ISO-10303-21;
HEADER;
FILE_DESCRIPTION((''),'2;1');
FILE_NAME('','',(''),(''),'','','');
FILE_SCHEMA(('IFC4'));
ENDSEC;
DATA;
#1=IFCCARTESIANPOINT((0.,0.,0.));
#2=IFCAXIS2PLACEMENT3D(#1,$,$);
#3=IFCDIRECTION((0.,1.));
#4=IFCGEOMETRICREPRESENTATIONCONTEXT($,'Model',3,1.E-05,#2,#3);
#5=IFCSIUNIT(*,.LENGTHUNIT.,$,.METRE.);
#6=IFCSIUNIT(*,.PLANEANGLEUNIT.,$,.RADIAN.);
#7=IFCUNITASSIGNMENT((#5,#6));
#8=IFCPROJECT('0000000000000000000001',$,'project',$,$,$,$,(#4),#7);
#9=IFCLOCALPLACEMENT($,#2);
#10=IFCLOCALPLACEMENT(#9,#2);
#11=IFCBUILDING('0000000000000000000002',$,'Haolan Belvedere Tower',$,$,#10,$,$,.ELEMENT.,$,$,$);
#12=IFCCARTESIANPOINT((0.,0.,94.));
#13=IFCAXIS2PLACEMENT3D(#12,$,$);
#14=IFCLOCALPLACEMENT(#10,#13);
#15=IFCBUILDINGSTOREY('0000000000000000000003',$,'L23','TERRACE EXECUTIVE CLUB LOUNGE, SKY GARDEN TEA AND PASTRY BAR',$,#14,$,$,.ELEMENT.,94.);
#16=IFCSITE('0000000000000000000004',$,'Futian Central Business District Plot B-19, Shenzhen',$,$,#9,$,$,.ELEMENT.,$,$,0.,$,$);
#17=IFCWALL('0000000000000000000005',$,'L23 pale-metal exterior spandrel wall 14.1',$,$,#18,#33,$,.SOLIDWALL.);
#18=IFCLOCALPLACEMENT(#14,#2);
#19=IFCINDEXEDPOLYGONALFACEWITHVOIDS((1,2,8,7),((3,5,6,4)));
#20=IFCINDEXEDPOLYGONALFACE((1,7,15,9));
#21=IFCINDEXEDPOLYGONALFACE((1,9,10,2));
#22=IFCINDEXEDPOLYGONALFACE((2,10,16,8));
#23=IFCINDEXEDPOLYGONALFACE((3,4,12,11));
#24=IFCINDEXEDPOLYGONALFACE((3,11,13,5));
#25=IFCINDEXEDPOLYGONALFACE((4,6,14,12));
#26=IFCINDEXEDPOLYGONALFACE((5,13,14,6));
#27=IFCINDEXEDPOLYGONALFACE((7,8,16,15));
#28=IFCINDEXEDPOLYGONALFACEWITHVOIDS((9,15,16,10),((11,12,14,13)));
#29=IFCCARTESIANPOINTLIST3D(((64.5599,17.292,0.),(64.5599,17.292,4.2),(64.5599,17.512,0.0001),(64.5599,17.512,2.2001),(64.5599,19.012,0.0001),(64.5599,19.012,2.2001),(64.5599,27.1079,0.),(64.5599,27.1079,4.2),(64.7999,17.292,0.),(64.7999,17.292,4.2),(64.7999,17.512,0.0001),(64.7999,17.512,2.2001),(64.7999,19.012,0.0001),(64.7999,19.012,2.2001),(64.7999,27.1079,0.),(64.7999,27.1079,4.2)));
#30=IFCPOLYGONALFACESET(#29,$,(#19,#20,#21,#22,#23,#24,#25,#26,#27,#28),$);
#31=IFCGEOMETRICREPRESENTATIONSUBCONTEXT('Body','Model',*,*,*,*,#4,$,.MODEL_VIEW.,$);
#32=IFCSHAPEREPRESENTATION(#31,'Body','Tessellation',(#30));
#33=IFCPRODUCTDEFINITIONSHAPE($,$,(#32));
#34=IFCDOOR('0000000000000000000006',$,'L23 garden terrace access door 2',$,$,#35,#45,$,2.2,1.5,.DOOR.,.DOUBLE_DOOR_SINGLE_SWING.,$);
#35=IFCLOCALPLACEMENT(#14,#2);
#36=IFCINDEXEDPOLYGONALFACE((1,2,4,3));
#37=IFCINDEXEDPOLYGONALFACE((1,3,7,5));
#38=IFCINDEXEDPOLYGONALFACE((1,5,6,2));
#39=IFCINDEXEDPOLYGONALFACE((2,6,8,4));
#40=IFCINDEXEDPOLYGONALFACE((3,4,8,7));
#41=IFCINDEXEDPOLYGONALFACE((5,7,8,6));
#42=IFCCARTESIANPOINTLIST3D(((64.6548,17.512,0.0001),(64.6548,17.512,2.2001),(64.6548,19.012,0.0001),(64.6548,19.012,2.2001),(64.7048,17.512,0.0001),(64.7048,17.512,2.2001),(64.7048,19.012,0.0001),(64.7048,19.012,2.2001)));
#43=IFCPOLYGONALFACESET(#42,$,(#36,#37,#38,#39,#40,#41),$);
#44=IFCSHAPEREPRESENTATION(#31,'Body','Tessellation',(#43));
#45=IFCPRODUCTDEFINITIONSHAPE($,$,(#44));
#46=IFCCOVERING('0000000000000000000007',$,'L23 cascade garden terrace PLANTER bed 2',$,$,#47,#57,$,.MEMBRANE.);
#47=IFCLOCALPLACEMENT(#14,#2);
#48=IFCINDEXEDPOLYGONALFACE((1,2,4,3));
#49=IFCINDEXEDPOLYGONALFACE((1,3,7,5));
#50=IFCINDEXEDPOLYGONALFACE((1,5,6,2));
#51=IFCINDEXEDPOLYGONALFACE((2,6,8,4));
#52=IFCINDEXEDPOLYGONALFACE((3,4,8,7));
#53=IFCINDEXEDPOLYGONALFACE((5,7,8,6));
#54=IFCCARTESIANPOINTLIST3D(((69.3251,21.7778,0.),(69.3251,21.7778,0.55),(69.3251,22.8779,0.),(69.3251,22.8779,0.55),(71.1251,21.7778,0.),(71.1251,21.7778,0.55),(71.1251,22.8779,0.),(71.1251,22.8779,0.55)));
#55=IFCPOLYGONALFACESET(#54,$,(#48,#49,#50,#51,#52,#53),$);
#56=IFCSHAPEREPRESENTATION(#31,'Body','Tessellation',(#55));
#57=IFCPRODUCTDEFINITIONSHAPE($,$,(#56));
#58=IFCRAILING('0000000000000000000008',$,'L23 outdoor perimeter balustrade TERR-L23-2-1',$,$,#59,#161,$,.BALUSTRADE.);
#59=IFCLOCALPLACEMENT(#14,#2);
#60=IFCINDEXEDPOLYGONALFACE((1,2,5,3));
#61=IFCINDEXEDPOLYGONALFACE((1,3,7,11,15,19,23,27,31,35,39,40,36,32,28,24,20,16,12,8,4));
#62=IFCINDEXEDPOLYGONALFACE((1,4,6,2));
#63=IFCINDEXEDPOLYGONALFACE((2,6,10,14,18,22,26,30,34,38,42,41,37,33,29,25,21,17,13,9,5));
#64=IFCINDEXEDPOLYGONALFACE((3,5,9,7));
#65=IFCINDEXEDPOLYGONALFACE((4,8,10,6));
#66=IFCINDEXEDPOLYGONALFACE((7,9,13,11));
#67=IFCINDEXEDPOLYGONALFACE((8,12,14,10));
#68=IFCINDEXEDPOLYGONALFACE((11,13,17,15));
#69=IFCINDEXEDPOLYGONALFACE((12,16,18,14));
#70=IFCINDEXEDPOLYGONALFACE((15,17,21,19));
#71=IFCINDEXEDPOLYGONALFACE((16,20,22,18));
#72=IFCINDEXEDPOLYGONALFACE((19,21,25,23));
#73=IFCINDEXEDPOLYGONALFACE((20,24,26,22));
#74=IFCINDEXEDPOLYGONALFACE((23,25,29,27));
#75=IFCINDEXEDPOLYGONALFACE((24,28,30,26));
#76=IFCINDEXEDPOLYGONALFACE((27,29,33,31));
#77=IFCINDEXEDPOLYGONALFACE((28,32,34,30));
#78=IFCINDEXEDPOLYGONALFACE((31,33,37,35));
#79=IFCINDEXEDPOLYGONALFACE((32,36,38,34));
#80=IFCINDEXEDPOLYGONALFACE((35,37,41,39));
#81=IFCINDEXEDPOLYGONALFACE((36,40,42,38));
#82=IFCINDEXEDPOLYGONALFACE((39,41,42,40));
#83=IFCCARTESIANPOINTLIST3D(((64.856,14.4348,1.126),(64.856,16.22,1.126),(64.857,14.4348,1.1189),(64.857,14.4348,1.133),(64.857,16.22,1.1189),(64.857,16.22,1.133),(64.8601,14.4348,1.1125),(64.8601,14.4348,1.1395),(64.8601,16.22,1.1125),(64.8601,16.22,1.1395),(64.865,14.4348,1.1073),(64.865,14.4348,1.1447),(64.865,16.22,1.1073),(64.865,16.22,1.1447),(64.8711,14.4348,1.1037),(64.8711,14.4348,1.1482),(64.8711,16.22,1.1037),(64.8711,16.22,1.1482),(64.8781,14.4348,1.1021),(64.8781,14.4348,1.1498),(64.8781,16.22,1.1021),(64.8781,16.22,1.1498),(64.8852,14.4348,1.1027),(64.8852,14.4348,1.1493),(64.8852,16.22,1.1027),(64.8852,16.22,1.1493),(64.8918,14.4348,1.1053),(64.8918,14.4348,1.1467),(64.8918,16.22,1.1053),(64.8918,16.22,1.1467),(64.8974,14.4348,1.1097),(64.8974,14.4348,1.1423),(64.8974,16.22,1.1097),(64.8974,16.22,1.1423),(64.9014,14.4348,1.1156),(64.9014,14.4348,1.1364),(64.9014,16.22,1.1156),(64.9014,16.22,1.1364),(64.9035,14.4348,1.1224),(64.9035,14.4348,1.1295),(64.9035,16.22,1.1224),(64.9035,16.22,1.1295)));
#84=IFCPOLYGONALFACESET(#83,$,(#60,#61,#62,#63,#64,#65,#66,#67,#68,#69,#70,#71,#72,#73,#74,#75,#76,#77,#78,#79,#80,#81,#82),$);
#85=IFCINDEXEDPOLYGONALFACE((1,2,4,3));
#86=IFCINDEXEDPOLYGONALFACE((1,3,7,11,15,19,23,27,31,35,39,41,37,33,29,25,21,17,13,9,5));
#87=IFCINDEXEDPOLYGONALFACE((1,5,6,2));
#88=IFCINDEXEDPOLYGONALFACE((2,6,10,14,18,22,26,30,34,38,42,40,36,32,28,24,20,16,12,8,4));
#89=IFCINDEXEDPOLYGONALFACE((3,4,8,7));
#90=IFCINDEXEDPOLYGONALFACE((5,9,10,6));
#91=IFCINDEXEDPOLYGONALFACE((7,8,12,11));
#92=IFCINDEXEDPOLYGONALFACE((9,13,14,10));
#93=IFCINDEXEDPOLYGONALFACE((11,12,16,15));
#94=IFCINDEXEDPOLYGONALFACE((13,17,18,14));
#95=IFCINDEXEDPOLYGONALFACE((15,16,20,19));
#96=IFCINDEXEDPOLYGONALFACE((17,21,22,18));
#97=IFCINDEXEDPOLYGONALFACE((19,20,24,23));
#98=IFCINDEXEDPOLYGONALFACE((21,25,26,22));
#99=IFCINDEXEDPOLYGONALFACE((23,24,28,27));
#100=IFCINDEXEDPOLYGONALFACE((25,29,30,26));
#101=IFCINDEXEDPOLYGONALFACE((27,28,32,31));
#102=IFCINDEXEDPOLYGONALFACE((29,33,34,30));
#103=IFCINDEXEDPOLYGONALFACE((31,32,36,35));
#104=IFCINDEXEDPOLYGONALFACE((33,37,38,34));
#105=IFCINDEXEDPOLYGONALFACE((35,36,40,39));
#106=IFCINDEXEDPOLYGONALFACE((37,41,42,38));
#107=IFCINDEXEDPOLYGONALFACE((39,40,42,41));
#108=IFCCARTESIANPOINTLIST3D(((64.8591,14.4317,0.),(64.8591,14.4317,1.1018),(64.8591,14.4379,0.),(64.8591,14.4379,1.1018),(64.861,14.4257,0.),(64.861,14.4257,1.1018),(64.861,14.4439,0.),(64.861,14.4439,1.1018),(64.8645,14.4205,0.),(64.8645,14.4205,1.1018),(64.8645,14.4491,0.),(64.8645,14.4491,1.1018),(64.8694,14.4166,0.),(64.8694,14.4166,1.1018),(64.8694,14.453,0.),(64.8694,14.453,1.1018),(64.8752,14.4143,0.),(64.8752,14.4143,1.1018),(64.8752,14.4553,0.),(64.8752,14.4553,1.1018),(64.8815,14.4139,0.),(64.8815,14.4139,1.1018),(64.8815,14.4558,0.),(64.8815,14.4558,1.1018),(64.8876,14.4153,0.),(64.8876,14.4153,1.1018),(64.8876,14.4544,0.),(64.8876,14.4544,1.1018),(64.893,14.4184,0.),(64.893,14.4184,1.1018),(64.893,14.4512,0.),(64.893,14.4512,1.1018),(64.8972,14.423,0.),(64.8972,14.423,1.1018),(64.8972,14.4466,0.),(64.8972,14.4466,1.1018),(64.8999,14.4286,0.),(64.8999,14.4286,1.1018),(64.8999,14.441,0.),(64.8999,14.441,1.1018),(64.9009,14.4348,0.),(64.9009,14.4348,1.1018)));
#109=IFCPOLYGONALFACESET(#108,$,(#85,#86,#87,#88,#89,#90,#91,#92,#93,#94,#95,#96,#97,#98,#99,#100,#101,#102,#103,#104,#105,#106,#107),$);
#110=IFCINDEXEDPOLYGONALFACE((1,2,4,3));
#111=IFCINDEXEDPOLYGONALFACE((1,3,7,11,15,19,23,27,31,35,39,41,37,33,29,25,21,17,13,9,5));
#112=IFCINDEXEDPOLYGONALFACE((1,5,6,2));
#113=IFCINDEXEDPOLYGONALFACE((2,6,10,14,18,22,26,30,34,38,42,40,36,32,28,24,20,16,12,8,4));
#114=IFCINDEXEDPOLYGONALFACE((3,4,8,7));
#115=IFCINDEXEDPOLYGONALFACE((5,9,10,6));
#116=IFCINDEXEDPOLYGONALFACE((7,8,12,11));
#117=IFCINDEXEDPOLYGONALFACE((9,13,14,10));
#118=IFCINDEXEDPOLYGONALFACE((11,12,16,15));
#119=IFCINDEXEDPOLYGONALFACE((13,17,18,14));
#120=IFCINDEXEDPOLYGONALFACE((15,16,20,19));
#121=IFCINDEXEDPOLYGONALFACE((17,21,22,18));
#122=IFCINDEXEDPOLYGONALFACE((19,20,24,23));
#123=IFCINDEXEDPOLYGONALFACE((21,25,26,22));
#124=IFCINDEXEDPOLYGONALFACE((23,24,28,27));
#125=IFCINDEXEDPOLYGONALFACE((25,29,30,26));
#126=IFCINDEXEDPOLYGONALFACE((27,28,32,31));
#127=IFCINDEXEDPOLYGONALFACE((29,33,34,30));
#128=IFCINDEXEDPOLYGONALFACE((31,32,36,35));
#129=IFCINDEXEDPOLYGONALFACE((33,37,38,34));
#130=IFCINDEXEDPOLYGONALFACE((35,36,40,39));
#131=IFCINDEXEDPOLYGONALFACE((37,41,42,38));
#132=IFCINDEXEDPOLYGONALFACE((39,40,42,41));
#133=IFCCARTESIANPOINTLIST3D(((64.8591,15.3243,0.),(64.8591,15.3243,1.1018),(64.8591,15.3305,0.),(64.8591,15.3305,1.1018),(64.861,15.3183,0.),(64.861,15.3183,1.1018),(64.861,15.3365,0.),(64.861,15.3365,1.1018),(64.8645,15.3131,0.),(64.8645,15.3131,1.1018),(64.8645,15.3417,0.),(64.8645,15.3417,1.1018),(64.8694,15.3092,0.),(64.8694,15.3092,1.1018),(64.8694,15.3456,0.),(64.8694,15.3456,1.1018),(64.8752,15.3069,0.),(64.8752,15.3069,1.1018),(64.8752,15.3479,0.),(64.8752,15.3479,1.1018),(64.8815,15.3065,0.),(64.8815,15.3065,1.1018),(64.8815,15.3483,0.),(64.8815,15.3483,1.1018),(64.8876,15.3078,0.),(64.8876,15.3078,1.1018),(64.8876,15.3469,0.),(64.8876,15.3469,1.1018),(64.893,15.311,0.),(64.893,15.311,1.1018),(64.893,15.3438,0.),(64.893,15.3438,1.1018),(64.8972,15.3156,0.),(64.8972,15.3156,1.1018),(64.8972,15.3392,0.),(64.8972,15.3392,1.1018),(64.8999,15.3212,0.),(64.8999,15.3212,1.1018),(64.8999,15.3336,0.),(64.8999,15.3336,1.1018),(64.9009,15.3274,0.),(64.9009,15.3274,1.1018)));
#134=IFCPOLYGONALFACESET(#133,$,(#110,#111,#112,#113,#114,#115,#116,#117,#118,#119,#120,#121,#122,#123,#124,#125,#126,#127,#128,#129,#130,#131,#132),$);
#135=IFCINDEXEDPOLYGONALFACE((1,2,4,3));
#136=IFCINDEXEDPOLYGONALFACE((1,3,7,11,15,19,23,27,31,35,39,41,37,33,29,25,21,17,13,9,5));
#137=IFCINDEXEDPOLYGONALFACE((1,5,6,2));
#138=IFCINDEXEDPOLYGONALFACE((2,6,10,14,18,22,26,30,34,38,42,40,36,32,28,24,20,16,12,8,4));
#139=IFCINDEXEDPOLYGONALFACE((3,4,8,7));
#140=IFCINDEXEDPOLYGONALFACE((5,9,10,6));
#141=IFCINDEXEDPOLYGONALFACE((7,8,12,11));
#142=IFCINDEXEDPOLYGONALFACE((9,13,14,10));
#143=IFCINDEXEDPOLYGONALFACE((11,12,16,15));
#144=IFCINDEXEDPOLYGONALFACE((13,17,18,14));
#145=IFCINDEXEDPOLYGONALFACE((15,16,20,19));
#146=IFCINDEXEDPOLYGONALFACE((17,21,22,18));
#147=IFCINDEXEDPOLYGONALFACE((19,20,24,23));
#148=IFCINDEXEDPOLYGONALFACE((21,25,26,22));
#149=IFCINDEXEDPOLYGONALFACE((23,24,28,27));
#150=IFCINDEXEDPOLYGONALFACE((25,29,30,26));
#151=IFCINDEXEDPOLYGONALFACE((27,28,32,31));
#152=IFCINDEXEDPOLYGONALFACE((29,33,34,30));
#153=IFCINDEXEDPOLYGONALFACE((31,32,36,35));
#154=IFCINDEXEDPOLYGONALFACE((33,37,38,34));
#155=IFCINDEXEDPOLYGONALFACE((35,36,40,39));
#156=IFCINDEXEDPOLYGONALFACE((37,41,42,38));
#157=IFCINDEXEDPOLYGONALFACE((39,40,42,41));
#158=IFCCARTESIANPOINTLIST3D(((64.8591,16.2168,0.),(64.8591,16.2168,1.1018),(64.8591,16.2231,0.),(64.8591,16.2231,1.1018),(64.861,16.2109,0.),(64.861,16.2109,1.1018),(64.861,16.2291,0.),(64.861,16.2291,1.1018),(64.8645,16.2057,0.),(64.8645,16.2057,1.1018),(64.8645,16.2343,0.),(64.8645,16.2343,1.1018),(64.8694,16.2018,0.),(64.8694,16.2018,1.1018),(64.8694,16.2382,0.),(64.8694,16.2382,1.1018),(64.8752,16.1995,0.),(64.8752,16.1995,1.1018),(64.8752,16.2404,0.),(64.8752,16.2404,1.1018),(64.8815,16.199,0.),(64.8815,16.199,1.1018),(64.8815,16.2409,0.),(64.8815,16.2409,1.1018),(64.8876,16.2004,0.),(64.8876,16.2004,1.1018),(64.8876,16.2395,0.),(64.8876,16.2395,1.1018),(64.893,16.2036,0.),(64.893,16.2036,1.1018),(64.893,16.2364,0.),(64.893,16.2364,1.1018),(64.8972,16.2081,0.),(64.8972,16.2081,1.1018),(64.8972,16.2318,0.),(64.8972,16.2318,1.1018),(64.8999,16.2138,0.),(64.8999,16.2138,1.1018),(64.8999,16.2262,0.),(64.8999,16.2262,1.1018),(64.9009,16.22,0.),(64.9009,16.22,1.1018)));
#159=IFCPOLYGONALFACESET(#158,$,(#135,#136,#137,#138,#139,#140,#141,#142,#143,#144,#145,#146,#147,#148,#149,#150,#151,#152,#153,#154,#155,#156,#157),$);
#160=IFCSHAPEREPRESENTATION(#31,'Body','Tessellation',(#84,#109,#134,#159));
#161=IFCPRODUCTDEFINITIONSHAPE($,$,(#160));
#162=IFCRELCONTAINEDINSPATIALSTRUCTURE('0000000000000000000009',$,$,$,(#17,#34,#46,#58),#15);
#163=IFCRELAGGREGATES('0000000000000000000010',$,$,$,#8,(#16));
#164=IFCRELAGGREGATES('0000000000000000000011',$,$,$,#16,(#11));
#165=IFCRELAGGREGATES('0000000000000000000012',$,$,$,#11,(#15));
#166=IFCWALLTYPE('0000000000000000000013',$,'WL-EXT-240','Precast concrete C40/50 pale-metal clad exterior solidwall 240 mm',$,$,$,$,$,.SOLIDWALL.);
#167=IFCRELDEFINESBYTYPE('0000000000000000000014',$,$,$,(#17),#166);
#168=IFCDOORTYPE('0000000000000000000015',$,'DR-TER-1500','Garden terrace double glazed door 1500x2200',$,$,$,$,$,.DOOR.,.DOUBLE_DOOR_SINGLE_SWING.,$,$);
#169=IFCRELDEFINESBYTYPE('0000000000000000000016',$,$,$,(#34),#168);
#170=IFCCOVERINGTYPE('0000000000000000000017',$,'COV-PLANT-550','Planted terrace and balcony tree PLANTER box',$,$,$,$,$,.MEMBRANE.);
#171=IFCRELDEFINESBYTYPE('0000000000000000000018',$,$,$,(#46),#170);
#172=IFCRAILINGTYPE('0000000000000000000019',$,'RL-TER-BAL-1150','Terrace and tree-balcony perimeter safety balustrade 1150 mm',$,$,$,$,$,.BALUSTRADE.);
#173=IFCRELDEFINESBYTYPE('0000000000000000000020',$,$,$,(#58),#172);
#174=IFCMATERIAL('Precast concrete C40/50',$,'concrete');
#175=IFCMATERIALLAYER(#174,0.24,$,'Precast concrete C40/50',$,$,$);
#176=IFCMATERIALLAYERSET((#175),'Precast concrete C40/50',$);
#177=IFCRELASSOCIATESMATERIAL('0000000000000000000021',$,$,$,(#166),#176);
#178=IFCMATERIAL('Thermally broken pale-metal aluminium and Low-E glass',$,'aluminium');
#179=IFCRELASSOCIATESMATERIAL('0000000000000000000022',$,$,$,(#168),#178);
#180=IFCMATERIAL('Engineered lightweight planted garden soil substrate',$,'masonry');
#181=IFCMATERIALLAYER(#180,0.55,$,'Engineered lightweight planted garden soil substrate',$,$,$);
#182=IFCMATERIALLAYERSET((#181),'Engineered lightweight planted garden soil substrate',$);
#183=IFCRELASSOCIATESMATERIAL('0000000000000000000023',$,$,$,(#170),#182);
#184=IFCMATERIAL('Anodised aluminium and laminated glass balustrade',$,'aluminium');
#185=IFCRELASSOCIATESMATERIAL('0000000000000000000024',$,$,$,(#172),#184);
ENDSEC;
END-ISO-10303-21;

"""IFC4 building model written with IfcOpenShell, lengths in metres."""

from ifc_helpers import new_model, si_unit, direction, frame, frame_2d, origin, origin_2d, place, context, subcontext, project, spatial, rectangle, circle, extrude, material, layer, layer_set, type_object, element, fill, save


model = new_model("IFC4")

# Units and contexts
model_context = context("Model", 3, precision=1e-05, world=origin(), true_north=direction((0.0, 1.0)))
body_context = subcontext(model_context, "Body", "Model", "MODEL_VIEW")
ifc_project = project(units=[si_unit("LENGTHUNIT", "METRE"), si_unit("PLANEANGLEUNIT", "RADIAN")], contexts=[model_context])

# Site, building, storey
site_placement = place(None, origin())
site = spatial("IfcSite", under=ifc_project, at=site_placement, Name="Futian Central Business District Plot B-19, Shenzhen", CompositionType="ELEMENT", RefElevation=0.0)
building_placement = place(site_placement, origin())
building = spatial("IfcBuilding", under=site, at=building_placement, Name="Haolan Belvedere Tower", CompositionType="ELEMENT")
storey_placement = place(building_placement, frame((0.0, 0.0, 94.0)))
storey = spatial("IfcBuildingStorey", under=building, at=storey_placement, Name="L23", Description="TERRACE EXECUTIVE CLUB LOUNGE, SKY GARDEN TEA AND PASTRY BAR", CompositionType="ELEMENT", Elevation=94.0)

# Shared definitions
ifc_material_1 = material(Name="Precast concrete C40/50", Category="concrete")
ifc_layer_1 = layer(ifc_material_1, 0.24, Name="Precast concrete C40/50")
ifc_layer_set_1 = layer_set([ifc_layer_1], Name="Precast concrete C40/50")
wall_type = type_object("IfcWallType", Name="WL-EXT-240", Description="Precast concrete C40/50 pale-metal clad exterior solidwall 240 mm", PredefinedType="SOLIDWALL", material=ifc_layer_set_1)

# Wall, opening, door
wall_1_placement = place(storey_placement, frame((64.6799, 17.292, 0.0), z_axis=(0.0, 0.0, 1.0), x_axis=(0.0, 1.0, 0.0)))
wall_1 = element("IfcWall", 1, at=wall_1_placement, inside=storey, type_object=wall_type, Name="L23 pale-metal exterior spandrel wall 14.1", PredefinedType="SOLIDWALL", context=body_context, shape_type="SweptSolid", body=[
    extrude(rectangle(XDim=9.8159, YDim=0.24, at=frame_2d((4.908, 0.0))), origin(), (0.0, 0.0, 1.0), 4.2),
])
opening_placement = place(wall_1_placement, frame((1.72, 0.0, 0.0), z_axis=(0.0, 0.0, 1.0), x_axis=(-1.0, 0.0, 0.0)))
opening = element("IfcOpeningElement", 2, at=opening_placement, cuts=wall_1, PredefinedType="OPENING", context=body_context, shape_type="SweptSolid", body=[
    extrude(rectangle(XDim=1.5, YDim=2.2, at=frame_2d((0.75, 1.1001))), frame((0.0, 0.1299, 0.0), z_axis=(0.0, -1.0, 0.0), x_axis=(1.0, 0.0, 0.0)), (0.0, 0.0, 1.0), 0.26),
])
ifc_material_2 = material(Name="Thermally broken pale-metal aluminium and Low-E glass", Category="aluminium")
door_type = type_object("IfcDoorType", Name="DR-TER-1500", Description="Garden terrace double glazed door 1500x2200", OperationType="DOUBLE_DOOR_SINGLE_SWING", PredefinedType="DOOR", material=ifc_material_2)
door_placement = place(opening_placement, origin())
door = element("IfcDoor", 3, at=door_placement, inside=storey, type_object=door_type, Name="L23 garden terrace access door 2", OperationType="DOUBLE_DOOR_SINGLE_SWING", OverallHeight=2.2, OverallWidth=1.5, PredefinedType="DOOR", context=body_context, shape_type="SweptSolid", body=[
    extrude(rectangle(XDim=1.5, YDim=2.2, at=frame_2d((0.75, 1.1001))), frame((0.0, 0.0249, 0.0), z_axis=(0.0, -1.0, 0.0), x_axis=(1.0, 0.0, 0.0)), (0.0, 0.0, 1.0), 0.05),
])
fill(opening, door)

# Covering
ifc_material_3 = material(Name="Engineered lightweight planted garden soil substrate", Category="masonry")
ifc_layer_2 = layer(ifc_material_3, 0.55, Name="Engineered lightweight planted garden soil substrate")
ifc_layer_set_2 = layer_set([ifc_layer_2], Name="Engineered lightweight planted garden soil substrate")
covering_type = type_object("IfcCoveringType", Name="COV-PLANT-550", Description="Planted terrace and balcony tree PLANTER box", PredefinedType="MEMBRANE", material=ifc_layer_set_2)
covering_placement = place(storey_placement, frame((70.2251, 22.3279, 0.0), z_axis=(0.0, 0.0, 1.0), x_axis=(1.0, 0.0, 0.0)))
element("IfcCovering", 4, at=covering_placement, inside=storey, type_object=covering_type, Name="L23 cascade garden terrace PLANTER bed 2", PredefinedType="MEMBRANE", context=body_context, shape_type="SweptSolid", body=[
    extrude(rectangle(XDim=1.8, YDim=1.1001, at=origin_2d()), origin(), (0.0, 0.0, 1.0), 0.55),
])

# Railing
ifc_material_4 = material(Name="Anodised aluminium and laminated glass balustrade", Category="aluminium")
railing_type = type_object("IfcRailingType", Name="RL-TER-BAL-1150", Description="Terrace and tree-balcony perimeter safety balustrade 1150 mm", PredefinedType="BALUSTRADE", material=ifc_material_4)
railing_placement = place(storey_placement, frame((64.8799, 14.4348, 0.0)))
element("IfcRailing", 5, at=railing_placement, inside=storey, type_object=railing_type, Name="L23 outdoor perimeter balustrade TERR-L23-2-1", PredefinedType="BALUSTRADE", context=body_context, shape_type="SweptSolid", body=[
    extrude(circle(Radius=0.0239, at=origin_2d()), frame((0.0, 0.0, 1.126), z_axis=(0.0, 1.0, 0.0), x_axis=(-1.0, 0.0, 0.0)), (0.0, 0.0, 1.0), 1.7852),
    extrude(circle(Radius=0.021, at=origin_2d()), origin(), (0.0, 0.0, 1.0), 1.1018),
    extrude(circle(Radius=0.021, at=origin_2d()), frame((0.0, 0.8926, 0.0)), (0.0, 0.0, 1.0), 1.1018),
    extrude(circle(Radius=0.021, at=origin_2d()), frame((0.0, 1.7852, 0.0)), (0.0, 0.0, 1.0), 1.1018),
])

save(model, "model.ifc")
